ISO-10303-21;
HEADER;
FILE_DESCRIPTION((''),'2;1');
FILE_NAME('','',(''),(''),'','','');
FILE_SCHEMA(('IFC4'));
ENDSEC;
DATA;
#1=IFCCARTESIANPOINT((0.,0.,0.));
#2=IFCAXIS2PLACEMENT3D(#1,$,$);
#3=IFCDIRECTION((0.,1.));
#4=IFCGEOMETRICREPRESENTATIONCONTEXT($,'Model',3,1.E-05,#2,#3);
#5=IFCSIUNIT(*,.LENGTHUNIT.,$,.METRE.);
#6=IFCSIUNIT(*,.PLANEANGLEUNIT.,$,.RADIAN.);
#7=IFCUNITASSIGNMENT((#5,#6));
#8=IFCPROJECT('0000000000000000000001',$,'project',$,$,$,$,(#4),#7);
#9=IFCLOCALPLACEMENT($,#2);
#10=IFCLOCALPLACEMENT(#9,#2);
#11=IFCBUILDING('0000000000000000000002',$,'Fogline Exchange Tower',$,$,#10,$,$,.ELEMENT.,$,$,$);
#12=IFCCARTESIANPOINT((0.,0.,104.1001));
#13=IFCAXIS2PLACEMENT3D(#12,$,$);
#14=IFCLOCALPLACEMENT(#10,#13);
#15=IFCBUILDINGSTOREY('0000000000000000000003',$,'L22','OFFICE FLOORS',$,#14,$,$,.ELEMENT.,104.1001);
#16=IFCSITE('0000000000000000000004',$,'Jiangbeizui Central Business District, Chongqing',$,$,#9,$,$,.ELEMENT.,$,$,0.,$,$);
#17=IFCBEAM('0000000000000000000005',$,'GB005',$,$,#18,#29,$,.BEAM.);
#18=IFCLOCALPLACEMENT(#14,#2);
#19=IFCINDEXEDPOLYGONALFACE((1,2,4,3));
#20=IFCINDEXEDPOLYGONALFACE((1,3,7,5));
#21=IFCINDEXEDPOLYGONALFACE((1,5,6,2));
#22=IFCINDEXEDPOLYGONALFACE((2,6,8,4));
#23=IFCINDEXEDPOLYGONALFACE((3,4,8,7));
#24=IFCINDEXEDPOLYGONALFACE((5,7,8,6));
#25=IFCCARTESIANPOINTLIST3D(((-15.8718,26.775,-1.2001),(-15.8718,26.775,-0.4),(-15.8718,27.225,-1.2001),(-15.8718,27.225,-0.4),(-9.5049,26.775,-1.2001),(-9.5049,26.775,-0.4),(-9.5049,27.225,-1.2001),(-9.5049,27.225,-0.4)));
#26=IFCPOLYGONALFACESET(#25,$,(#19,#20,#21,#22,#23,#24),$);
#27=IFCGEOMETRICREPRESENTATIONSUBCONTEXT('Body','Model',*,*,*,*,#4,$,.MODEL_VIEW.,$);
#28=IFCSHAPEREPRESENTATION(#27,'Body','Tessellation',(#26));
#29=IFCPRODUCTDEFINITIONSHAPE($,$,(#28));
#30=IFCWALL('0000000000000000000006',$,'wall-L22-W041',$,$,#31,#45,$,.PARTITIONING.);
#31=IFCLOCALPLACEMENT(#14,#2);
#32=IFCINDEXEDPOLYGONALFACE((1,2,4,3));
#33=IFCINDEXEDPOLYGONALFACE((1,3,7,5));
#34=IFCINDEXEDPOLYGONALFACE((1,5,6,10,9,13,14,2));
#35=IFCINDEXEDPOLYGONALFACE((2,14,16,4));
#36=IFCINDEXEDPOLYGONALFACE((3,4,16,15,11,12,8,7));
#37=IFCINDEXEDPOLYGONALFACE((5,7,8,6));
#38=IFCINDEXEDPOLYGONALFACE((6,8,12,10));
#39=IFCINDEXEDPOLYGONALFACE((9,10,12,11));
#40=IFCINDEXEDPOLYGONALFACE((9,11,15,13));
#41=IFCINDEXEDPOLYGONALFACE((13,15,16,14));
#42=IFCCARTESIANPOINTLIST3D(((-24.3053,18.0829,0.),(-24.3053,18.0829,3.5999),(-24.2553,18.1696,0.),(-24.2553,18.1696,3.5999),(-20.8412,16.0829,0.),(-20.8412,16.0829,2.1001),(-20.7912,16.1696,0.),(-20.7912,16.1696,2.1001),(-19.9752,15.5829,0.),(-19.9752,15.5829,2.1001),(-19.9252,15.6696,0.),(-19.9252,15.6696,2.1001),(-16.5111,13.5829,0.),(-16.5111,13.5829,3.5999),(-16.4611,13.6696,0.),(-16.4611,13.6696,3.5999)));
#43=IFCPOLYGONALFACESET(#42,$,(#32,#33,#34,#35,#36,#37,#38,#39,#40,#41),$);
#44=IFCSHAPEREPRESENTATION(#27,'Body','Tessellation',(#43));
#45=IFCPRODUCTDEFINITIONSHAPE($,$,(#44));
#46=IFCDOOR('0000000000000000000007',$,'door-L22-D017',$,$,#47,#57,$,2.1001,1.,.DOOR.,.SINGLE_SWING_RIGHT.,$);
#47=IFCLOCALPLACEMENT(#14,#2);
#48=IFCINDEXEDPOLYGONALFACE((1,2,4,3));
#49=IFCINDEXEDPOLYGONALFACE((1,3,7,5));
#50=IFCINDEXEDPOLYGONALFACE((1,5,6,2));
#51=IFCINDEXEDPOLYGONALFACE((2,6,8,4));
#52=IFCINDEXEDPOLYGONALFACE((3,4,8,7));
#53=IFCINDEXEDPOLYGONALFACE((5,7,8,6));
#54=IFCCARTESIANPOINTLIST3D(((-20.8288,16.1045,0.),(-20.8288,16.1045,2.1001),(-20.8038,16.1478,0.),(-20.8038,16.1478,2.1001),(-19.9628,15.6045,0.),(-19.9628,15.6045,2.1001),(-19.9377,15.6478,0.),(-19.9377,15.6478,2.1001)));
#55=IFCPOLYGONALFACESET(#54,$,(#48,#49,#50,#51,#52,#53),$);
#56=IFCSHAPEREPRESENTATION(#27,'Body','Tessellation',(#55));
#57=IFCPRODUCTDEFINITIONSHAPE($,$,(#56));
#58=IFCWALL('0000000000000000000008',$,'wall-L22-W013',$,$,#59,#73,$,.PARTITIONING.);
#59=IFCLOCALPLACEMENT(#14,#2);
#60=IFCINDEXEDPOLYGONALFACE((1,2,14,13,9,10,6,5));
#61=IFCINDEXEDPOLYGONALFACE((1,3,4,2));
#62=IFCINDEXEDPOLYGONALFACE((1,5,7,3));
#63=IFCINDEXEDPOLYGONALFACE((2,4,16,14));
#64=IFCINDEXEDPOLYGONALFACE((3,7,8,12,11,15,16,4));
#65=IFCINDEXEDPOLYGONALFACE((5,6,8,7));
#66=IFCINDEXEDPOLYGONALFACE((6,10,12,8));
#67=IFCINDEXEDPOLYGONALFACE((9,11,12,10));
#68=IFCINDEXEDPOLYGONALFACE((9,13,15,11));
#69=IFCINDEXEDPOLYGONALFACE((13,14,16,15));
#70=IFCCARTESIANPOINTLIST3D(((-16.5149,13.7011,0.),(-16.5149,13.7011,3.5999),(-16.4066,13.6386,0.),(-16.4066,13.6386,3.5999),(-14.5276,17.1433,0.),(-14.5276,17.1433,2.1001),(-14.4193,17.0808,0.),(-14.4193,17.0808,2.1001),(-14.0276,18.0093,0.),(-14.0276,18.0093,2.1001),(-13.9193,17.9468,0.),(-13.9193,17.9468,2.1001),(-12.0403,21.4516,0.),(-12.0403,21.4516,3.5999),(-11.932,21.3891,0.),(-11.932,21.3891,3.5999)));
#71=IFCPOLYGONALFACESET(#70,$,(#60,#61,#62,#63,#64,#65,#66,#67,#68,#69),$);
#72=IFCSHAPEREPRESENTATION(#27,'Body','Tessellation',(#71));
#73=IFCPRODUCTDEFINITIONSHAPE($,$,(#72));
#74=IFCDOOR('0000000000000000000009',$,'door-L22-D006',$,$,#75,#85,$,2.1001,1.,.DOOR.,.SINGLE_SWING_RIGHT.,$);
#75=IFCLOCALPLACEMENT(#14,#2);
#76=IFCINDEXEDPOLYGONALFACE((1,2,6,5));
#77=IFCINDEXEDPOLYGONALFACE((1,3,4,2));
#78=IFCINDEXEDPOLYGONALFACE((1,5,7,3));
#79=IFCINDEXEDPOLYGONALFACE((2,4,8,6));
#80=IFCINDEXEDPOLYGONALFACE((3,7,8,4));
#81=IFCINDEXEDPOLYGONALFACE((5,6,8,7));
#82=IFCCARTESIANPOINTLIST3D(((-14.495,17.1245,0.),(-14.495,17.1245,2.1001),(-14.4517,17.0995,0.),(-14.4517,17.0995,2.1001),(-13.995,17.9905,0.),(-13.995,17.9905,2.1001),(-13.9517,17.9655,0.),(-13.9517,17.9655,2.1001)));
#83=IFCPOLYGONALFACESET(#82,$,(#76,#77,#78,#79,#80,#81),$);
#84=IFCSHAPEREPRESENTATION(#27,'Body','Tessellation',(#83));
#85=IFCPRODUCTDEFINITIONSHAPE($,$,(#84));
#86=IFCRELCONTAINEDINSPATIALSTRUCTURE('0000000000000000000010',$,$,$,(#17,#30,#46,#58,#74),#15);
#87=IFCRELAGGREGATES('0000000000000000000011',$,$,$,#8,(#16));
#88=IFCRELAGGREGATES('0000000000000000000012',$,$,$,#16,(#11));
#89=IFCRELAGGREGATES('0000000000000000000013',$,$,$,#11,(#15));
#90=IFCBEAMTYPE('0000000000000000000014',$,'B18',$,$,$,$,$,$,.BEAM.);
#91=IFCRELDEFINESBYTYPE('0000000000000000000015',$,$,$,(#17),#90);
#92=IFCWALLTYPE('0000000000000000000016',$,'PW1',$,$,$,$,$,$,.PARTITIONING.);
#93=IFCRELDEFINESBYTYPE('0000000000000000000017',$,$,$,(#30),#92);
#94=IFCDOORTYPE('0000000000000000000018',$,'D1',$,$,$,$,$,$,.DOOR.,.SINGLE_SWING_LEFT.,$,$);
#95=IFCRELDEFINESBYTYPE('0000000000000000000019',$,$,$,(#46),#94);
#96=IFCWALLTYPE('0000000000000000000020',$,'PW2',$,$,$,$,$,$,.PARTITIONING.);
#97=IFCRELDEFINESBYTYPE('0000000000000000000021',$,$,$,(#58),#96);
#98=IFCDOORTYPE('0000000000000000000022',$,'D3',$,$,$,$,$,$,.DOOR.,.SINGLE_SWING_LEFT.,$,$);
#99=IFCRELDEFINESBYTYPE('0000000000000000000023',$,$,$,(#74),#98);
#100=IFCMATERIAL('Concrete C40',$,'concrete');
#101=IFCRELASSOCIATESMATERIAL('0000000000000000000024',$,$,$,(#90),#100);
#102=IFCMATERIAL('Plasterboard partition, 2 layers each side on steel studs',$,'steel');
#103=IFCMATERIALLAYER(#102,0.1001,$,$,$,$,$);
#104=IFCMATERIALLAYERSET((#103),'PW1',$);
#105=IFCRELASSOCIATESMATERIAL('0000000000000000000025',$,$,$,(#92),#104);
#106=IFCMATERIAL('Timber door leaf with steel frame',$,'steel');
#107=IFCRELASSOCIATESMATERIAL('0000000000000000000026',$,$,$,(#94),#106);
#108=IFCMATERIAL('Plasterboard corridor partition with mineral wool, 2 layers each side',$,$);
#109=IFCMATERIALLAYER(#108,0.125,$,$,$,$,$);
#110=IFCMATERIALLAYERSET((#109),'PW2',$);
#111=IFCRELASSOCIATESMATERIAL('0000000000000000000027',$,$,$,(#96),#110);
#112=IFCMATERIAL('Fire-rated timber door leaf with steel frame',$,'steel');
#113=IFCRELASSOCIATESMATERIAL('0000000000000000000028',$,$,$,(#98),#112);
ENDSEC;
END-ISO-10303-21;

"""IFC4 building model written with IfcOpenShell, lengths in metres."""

from ifc_helpers import new_model, si_unit, direction, frame, frame_2d, origin, origin_2d, place, context, subcontext, project, spatial, rectangle, extrude, material, layer, layer_set, material_profile, profile_set, type_object, element, fill, save


model = new_model("IFC4")

# Units and contexts
model_context = context("Model", 3, precision=1e-05, world=origin(), true_north=direction((0.0, 1.0)))
body_context = subcontext(model_context, "Body", "Model", "MODEL_VIEW")
ifc_project = project(units=[si_unit("LENGTHUNIT", "METRE"), si_unit("PLANEANGLEUNIT", "RADIAN")], contexts=[model_context])

# Site, building, storey
site_placement = place(None, origin())
site = spatial("IfcSite", under=ifc_project, at=site_placement, Name="Jiangbeizui Central Business District, Chongqing", CompositionType="ELEMENT", RefElevation=0.0)
building_placement = place(site_placement, origin())
building = spatial("IfcBuilding", under=site, at=building_placement, Name="Fogline Exchange Tower", CompositionType="ELEMENT")
storey_placement = place(building_placement, frame((0.0, 0.0, 104.1001)))
storey = spatial("IfcBuildingStorey", under=building, at=storey_placement, Name="L22", Description="OFFICE FLOORS", CompositionType="ELEMENT", Elevation=104.1001)

# Beam
ifc_material_1 = material(Name="Concrete C40", Category="concrete")
ifc_material_profile_1 = material_profile(ifc_material_1, rectangle(XDim=0.45, YDim=0.8, at=origin_2d()), Name="RC 450x800")
ifc_profile_set_1 = profile_set([ifc_material_profile_1], Name="Concrete C40")
beam_type_1 = type_object("IfcBeamType", Name="B18", PredefinedType="BEAM", material=ifc_profile_set_1)
beam_1_placement = place(storey_placement, frame((-15.8718, 27.0, -0.8), z_axis=(1.0, 0.0, 0.0), x_axis=(0.0, 1.0, 0.0)))
element("IfcBeam", 1, at=beam_1_placement, inside=storey, type_object=beam_type_1, Name="GB005", PredefinedType="BEAM", context=body_context, shape_type="SweptSolid", body=[
    extrude(rectangle(XDim=0.45, YDim=0.8, at=origin_2d()), origin(), (0.0, 0.0, 1.0), 6.3669),
])

# Walls, openings, doors
ifc_material_2 = material(Name="Plasterboard partition, 2 layers each side on steel studs", Category="steel")
ifc_layer_1 = layer(ifc_material_2, 0.1001)
ifc_layer_set_1 = layer_set([ifc_layer_1], Name="PW1")
wall_type_1 = type_object("IfcWallType", Name="PW1", PredefinedType="PARTITIONING", material=ifc_layer_set_1)
wall_1_placement = place(storey_placement, frame((-16.4861, 13.6262, 0.0), z_axis=(0.0, 0.0, 1.0), x_axis=(-0.866024, 0.500002, 0.0)))
wall_1 = element("IfcWall", 2, at=wall_1_placement, inside=storey, type_object=wall_type_1, Name="wall-L22-W041", PredefinedType="PARTITIONING", context=body_context, shape_type="SweptSolid", body=[
    extrude(rectangle(XDim=9.0, YDim=0.1001, at=frame_2d((4.5, 0.0))), origin(), (0.0, 0.0, 1.0), 3.5999),
])
opening_1_placement = place(wall_1_placement, frame((4.0, 0.0, 0.0)))
opening_1 = element("IfcOpeningElement", 3, at=opening_1_placement, cuts=wall_1, PredefinedType="OPENING", context=body_context, shape_type="SweptSolid", body=[
    extrude(rectangle(XDim=1.0, YDim=2.1001, at=frame_2d((0.5, 1.05))), frame((0.0, 0.0601, 0.0), z_axis=(0.0, -1.0, 0.0), x_axis=(1.0, 0.0, 0.0)), (0.0, 0.0, 1.0), 0.1201),
])
ifc_material_3 = material(Name="Timber door leaf with steel frame", Category="steel")
door_type_1 = type_object("IfcDoorType", Name="D1", OperationType="SINGLE_SWING_LEFT", PredefinedType="DOOR", material=ifc_material_3)
door_1_placement = place(opening_1_placement, frame((1.0, 0.0, 0.0), z_axis=(0.0, 0.0, 1.0), x_axis=(-1.0, 0.0, 0.0)))
door_1 = element("IfcDoor", 4, at=door_1_placement, inside=storey, type_object=door_type_1, Name="door-L22-D017", OperationType="SINGLE_SWING_RIGHT", OverallHeight=2.1001, OverallWidth=1.0, PredefinedType="DOOR", context=body_context, shape_type="SweptSolid", body=[
    extrude(rectangle(XDim=1.0, YDim=2.1001, at=frame_2d((0.5, 1.05))), frame((0.0, 0.0249, 0.0), z_axis=(0.0, -1.0, 0.0), x_axis=(1.0, 0.0, 0.0)), (0.0, 0.0, 1.0), 0.05),
])
fill(opening_1, door_1)
ifc_material_4 = material(Name="Plasterboard corridor partition with mineral wool, 2 layers each side")
ifc_layer_2 = layer(ifc_material_4, 0.125)
ifc_layer_set_2 = layer_set([ifc_layer_2], Name="PW2")
wall_type_2 = type_object("IfcWallType", Name="PW2", PredefinedType="PARTITIONING", material=ifc_layer_set_2)
wall_2_placement = place(storey_placement, frame((-16.4607, 13.6699, 0.0), z_axis=(0.0, 0.0, 1.0), x_axis=(0.499989, 0.866032, 0.0)))
wall_2 = element("IfcWall", 5, at=wall_2_placement, inside=storey, type_object=wall_type_2, Name="wall-L22-W013", PredefinedType="PARTITIONING", context=body_context, shape_type="SweptSolid", body=[
    extrude(rectangle(XDim=8.9495, YDim=0.125, at=frame_2d((4.4746, 0.0))), origin(), (0.0, 0.0, 1.0), 3.5999),
])
opening_2_placement = place(wall_2_placement, frame((3.9746, 0.0, 0.0)))
opening_2 = element("IfcOpeningElement", 6, at=opening_2_placement, cuts=wall_2, PredefinedType="OPENING", context=body_context, shape_type="SweptSolid", body=[
    extrude(rectangle(XDim=1.0, YDim=2.1001, at=frame_2d((0.5, 1.05))), frame((0.0, 0.0725, 0.0), z_axis=(0.0, -1.0, 0.0), x_axis=(1.0, 0.0, 0.0)), (0.0, 0.0, 1.0), 0.145),
])
ifc_material_5 = material(Name="Fire-rated timber door leaf with steel frame", Category="steel")
door_type_2 = type_object("IfcDoorType", Name="D3", OperationType="SINGLE_SWING_LEFT", PredefinedType="DOOR", material=ifc_material_5)
door_2_placement = place(opening_2_placement, origin())
door_2 = element("IfcDoor", 7, at=door_2_placement, inside=storey, type_object=door_type_2, Name="door-L22-D006", OperationType="SINGLE_SWING_RIGHT", OverallHeight=2.1001, OverallWidth=1.0, PredefinedType="DOOR", context=body_context, shape_type="SweptSolid", body=[
    extrude(rectangle(XDim=1.0, YDim=2.1001, at=frame_2d((0.5, 1.05))), frame((0.0, 0.0249, 0.0), z_axis=(0.0, -1.0, 0.0), x_axis=(1.0, 0.0, 0.0)), (0.0, 0.0, 1.0), 0.05),
])
fill(opening_2, door_2)

save(model, "model.ifc")
